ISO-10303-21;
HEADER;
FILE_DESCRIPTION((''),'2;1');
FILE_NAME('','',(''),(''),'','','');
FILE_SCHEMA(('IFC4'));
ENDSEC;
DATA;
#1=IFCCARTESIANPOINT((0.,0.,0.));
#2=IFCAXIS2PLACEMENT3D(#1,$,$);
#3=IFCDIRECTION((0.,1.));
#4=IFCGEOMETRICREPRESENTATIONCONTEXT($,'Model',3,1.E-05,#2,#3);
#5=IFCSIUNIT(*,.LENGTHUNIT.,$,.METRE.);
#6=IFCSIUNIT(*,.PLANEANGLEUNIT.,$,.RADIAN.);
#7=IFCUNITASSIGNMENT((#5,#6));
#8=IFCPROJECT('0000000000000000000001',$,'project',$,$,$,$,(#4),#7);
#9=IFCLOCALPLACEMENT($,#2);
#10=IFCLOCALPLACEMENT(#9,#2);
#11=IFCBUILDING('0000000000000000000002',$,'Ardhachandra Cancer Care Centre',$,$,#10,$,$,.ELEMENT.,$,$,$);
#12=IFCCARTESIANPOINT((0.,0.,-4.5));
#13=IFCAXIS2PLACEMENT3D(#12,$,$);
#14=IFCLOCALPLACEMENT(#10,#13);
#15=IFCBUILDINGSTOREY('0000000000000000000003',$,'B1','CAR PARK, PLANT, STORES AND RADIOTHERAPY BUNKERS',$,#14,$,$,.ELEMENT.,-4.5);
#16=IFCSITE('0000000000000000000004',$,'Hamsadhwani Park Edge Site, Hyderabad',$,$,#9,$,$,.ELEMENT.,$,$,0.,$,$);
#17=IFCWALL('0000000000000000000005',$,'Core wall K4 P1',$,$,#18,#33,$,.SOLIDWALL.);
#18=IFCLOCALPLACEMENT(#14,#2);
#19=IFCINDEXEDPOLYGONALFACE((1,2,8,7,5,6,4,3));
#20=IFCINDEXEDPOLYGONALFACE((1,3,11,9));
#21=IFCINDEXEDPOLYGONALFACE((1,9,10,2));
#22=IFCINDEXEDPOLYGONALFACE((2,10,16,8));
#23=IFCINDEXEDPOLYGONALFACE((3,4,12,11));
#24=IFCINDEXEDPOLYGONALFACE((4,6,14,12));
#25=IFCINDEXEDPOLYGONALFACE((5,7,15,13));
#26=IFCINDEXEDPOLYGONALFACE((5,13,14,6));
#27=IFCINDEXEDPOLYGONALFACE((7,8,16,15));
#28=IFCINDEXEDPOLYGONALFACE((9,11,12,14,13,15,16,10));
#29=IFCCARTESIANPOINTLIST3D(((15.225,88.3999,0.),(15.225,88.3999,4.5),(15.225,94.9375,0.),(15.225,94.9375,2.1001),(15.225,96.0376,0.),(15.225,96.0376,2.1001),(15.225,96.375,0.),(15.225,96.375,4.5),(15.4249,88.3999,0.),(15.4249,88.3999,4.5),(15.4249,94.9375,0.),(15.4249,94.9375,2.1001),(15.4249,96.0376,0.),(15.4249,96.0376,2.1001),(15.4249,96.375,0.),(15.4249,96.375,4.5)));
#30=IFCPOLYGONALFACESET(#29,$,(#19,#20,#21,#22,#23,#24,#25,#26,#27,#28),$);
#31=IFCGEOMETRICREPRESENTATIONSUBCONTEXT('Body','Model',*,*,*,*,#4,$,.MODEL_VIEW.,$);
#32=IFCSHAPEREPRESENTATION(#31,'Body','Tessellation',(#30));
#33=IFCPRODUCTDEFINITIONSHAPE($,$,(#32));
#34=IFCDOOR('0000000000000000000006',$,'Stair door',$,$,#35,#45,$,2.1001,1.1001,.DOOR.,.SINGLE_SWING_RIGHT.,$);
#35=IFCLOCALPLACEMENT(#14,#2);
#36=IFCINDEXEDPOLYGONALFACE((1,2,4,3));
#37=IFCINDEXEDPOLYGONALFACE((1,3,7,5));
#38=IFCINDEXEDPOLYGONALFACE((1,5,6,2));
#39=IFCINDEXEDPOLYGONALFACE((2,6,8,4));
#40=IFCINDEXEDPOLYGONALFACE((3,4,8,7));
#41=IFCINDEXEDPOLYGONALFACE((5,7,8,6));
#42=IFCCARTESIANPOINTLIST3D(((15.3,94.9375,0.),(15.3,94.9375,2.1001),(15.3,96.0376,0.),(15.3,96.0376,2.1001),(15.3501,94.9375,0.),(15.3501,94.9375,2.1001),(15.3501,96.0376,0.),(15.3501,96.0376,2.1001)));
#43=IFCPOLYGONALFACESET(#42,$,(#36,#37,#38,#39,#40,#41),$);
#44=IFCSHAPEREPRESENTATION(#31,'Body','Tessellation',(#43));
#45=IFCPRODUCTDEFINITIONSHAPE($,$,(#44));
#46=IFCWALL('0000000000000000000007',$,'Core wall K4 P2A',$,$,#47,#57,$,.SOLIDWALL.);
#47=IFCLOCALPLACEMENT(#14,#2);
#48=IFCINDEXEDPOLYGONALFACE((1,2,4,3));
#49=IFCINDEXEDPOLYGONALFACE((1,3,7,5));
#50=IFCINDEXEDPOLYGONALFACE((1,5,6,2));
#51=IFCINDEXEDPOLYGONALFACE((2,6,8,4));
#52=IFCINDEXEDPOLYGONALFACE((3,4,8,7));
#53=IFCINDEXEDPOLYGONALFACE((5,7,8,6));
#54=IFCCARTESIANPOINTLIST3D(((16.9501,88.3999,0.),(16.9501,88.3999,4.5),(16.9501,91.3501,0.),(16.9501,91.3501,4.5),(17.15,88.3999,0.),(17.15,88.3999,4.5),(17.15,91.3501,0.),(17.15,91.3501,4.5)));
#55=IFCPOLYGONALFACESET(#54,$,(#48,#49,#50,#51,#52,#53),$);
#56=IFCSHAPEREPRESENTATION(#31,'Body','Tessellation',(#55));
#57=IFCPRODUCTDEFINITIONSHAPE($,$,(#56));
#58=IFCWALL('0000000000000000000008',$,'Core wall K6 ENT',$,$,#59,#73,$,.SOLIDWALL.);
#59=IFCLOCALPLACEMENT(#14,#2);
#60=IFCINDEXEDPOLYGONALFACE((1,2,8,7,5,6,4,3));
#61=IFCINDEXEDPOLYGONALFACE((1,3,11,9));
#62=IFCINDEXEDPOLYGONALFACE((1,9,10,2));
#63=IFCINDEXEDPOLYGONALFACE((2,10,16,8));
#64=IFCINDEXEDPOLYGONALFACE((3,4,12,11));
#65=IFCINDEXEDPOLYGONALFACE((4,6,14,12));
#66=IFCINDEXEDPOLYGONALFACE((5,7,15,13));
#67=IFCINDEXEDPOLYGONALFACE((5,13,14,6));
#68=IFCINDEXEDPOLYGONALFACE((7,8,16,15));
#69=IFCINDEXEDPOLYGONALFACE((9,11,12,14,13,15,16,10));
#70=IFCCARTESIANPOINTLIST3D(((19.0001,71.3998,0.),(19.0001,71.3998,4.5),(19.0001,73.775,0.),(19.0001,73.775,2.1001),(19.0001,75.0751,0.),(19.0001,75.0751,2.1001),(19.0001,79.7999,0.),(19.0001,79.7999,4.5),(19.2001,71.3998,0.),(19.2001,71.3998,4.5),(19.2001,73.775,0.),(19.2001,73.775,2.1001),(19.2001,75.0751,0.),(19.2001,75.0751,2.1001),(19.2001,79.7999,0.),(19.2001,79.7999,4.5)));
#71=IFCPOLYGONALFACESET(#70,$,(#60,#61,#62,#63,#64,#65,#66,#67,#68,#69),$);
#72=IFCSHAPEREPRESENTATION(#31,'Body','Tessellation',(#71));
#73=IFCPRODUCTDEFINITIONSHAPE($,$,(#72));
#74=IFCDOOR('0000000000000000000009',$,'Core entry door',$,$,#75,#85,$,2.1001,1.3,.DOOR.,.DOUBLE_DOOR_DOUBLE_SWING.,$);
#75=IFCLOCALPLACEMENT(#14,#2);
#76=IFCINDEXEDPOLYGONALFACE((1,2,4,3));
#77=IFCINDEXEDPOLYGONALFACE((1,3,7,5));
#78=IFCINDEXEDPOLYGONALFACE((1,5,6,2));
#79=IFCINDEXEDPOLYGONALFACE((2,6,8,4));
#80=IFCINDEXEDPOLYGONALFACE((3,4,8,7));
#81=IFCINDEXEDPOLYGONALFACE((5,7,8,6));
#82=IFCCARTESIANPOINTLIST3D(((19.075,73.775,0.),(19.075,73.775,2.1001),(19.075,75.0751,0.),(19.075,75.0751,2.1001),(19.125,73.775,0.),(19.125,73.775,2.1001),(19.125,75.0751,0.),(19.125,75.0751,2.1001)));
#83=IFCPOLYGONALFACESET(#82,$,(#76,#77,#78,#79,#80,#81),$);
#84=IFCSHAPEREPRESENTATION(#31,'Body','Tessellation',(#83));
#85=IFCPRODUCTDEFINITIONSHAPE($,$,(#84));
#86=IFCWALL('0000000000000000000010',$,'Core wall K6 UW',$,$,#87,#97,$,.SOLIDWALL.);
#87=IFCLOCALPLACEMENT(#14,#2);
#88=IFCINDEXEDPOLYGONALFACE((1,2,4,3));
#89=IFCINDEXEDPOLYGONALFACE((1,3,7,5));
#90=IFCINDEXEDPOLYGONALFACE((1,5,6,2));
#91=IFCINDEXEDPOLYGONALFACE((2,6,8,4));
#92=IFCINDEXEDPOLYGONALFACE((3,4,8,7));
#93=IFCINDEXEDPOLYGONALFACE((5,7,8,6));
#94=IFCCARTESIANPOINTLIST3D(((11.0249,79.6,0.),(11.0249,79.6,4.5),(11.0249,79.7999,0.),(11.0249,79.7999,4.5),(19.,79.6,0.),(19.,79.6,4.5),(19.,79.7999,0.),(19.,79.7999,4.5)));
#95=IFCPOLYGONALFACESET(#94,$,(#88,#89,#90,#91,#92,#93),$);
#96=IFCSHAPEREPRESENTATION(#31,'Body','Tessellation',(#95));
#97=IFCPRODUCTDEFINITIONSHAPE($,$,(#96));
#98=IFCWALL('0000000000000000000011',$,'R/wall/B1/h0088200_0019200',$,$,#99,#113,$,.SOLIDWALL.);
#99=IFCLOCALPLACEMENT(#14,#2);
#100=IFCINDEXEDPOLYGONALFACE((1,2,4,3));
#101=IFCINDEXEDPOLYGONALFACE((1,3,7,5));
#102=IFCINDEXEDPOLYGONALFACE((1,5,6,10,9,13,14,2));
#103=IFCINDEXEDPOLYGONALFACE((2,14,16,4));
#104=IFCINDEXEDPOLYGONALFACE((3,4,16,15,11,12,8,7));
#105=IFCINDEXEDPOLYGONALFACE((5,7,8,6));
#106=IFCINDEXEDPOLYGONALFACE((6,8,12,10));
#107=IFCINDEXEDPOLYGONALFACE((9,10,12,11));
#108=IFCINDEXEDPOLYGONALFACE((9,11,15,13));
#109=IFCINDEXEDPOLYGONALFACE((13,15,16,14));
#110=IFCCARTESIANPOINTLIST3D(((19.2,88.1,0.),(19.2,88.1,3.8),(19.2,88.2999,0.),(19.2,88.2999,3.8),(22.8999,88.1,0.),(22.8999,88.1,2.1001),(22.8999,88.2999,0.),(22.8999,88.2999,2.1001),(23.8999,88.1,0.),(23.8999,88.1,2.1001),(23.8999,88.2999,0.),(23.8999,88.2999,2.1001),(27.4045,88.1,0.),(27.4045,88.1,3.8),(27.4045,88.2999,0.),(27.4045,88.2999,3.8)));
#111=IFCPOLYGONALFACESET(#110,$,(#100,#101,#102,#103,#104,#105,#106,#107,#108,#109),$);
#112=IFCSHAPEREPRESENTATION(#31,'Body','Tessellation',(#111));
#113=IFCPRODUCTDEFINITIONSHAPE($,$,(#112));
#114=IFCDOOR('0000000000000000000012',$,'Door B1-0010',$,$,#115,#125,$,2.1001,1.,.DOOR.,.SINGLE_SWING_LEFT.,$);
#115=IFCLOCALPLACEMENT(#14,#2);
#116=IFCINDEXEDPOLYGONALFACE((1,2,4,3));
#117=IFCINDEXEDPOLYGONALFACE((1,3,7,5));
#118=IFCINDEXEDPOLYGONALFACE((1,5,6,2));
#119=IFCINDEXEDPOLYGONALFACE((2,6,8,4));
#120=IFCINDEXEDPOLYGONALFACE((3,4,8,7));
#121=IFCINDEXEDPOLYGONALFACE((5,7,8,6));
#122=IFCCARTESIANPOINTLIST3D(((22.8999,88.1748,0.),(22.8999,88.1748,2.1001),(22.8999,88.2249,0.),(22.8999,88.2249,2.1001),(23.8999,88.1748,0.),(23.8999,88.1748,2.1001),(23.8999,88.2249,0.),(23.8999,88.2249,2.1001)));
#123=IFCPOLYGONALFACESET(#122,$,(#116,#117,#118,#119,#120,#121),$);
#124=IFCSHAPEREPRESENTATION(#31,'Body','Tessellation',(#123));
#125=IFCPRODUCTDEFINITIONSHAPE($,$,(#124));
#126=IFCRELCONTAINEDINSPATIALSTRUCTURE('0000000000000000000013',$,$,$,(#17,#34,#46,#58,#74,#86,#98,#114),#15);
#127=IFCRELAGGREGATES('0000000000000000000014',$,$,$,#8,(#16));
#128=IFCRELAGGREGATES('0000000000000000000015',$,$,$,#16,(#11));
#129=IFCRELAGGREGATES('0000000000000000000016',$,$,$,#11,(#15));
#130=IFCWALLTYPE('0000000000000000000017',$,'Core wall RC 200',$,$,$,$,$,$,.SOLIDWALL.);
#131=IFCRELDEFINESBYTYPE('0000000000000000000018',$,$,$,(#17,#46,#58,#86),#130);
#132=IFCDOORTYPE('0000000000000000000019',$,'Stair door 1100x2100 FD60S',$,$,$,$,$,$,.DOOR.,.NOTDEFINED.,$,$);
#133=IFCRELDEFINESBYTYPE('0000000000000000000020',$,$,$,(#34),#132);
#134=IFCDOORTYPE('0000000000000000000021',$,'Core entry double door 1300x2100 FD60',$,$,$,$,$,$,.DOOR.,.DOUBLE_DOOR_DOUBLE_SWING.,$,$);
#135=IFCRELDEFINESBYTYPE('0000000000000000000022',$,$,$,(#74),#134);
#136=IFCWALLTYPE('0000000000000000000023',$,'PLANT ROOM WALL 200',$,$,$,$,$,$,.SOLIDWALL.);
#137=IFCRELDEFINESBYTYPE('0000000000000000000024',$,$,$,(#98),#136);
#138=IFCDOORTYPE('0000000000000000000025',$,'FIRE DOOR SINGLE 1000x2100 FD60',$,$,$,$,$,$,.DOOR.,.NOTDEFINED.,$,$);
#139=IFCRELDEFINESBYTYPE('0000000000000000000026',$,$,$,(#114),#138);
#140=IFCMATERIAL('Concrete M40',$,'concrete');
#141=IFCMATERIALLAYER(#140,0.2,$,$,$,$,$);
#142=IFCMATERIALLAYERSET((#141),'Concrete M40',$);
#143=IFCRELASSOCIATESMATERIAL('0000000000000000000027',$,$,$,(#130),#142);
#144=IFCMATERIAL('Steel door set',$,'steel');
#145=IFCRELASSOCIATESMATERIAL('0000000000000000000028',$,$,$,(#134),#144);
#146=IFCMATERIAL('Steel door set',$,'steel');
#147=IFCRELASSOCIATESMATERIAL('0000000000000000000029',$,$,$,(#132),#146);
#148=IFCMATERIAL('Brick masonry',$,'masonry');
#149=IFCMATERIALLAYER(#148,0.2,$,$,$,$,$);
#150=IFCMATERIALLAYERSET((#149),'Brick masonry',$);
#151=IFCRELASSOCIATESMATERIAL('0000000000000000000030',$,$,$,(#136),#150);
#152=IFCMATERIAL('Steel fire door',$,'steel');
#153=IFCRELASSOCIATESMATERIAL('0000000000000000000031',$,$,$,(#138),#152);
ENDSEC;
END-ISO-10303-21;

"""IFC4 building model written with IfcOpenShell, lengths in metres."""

from ifc_helpers import new_model, si_unit, direction, frame, frame_2d, origin, place, context, subcontext, project, spatial, rectangle, extrude, material, layer, layer_set, type_object, element, fill, save


model = new_model("IFC4")

# Units and contexts
model_context = context("Model", 3, precision=1e-05, world=origin(), true_north=direction((0.0, 1.0)))
body_context = subcontext(model_context, "Body", "Model", "MODEL_VIEW")
ifc_project = project(units=[si_unit("LENGTHUNIT", "METRE"), si_unit("PLANEANGLEUNIT", "RADIAN")], contexts=[model_context])

# Site, building, storey
site_placement = place(None, origin())
site = spatial("IfcSite", under=ifc_project, at=site_placement, Name="Hamsadhwani Park Edge Site, Hyderabad", CompositionType="ELEMENT", RefElevation=0.0)
building_placement = place(site_placement, origin())
building = spatial("IfcBuilding", under=site, at=building_placement, Name="Ardhachandra Cancer Care Centre", CompositionType="ELEMENT")
storey_placement = place(building_placement, frame((0.0, 0.0, -4.5)))
storey = spatial("IfcBuildingStorey", under=building, at=storey_placement, Name="B1", Description="CAR PARK, PLANT, STORES AND RADIOTHERAPY BUNKERS", CompositionType="ELEMENT", Elevation=-4.5)

# Shared definitions
ifc_material_1 = material(Name="Concrete M40", Category="concrete")
ifc_layer_1 = layer(ifc_material_1, 0.2)
ifc_layer_set_1 = layer_set([ifc_layer_1], Name="Concrete M40")
wall_type_1 = type_object("IfcWallType", Name="Core wall RC 200", PredefinedType="SOLIDWALL", material=ifc_layer_set_1)
ifc_material_2 = material(Name="Steel door set", Category="steel")
door_type_1 = type_object("IfcDoorType", Name="Core entry double door 1300x2100 FD60", OperationType="DOUBLE_DOOR_DOUBLE_SWING", PredefinedType="DOOR", material=ifc_material_2)

# Wall, opening, door
wall_1_placement = place(storey_placement, frame((15.325, 88.3999, 0.0), z_axis=(0.0, 0.0, 1.0), x_axis=(0.0, 1.0, 0.0)))
wall_1 = element("IfcWall", 1, at=wall_1_placement, inside=storey, type_object=wall_type_1, Name="Core wall K4 P1", PredefinedType="SOLIDWALL", context=body_context, shape_type="SweptSolid", body=[
    extrude(rectangle(XDim=7.9751, YDim=0.2, at=frame_2d((3.9875, 0.0))), origin(), (0.0, 0.0, 1.0), 4.5),
])
opening_1_placement = place(wall_1_placement, frame((6.5376, 0.0, 0.0)))
opening_1 = element("IfcOpeningElement", 2, at=opening_1_placement, cuts=wall_1, PredefinedType="OPENING", context=body_context, shape_type="SweptSolid", body=[
    extrude(rectangle(XDim=1.1001, YDim=2.1001, at=frame_2d((0.55, 1.05))), frame((0.0, 0.1099, 0.0), z_axis=(0.0, -1.0, 0.0), x_axis=(1.0, 0.0, 0.0)), (0.0, 0.0, 1.0), 0.22),
])
ifc_material_3 = material(Name="Steel door set", Category="steel")
door_type_2 = type_object("IfcDoorType", Name="Stair door 1100x2100 FD60S", OperationType="NOTDEFINED", PredefinedType="DOOR", material=ifc_material_3)
door_1_placement = place(opening_1_placement, origin())
door_1 = element("IfcDoor", 3, at=door_1_placement, inside=storey, type_object=door_type_2, Name="Stair door", OperationType="SINGLE_SWING_RIGHT", OverallHeight=2.1001, OverallWidth=1.1001, PredefinedType="DOOR", context=body_context, shape_type="SweptSolid", body=[
    extrude(rectangle(XDim=1.1001, YDim=2.1001, at=frame_2d((0.55, 1.05))), frame((0.0, 0.0249, 0.0), z_axis=(0.0, -1.0, 0.0), x_axis=(1.0, 0.0, 0.0)), (0.0, 0.0, 1.0), 0.05),
])
fill(opening_1, door_1)

# Wall
wall_2_placement = place(storey_placement, frame((17.05, 88.3999, 0.0), z_axis=(0.0, 0.0, 1.0), x_axis=(0.0, 1.0, 0.0)))
element("IfcWall", 4, at=wall_2_placement, inside=storey, type_object=wall_type_1, Name="Core wall K4 P2A", PredefinedType="SOLIDWALL", context=body_context, shape_type="SweptSolid", body=[
    extrude(rectangle(XDim=2.9502, YDim=0.2, at=frame_2d((1.4751, 0.0))), origin(), (0.0, 0.0, 1.0), 4.5),
])

# Wall, opening, door
wall_3_placement = place(storey_placement, frame((19.1001, 79.8, 0.0), z_axis=(0.0, 0.0, 1.0), x_axis=(0.0, -1.0, 0.0)))
wall_3 = element("IfcWall", 5, at=wall_3_placement, inside=storey, type_object=wall_type_1, Name="Core wall K6 ENT", PredefinedType="SOLIDWALL", context=body_context, shape_type="SweptSolid", body=[
    extrude(rectangle(XDim=8.4001, YDim=0.2, at=frame_2d((4.2002, 0.0))), origin(), (0.0, 0.0, 1.0), 4.5),
])
opening_2_placement = place(wall_3_placement, frame((4.7251, 0.0, 0.0)))
opening_2 = element("IfcOpeningElement", 6, at=opening_2_placement, cuts=wall_3, PredefinedType="OPENING", context=body_context, shape_type="SweptSolid", body=[
    extrude(rectangle(XDim=1.3, YDim=2.1001, at=frame_2d((0.6499, 1.05))), frame((0.0, 0.1099, 0.0), z_axis=(0.0, -1.0, 0.0), x_axis=(1.0, 0.0, 0.0)), (0.0, 0.0, 1.0), 0.22),
])
door_2_placement = place(opening_2_placement, origin())
door_2 = element("IfcDoor", 7, at=door_2_placement, inside=storey, type_object=door_type_1, Name="Core entry door", OperationType="DOUBLE_DOOR_DOUBLE_SWING", OverallHeight=2.1001, OverallWidth=1.3, PredefinedType="DOOR", context=body_context, shape_type="SweptSolid", body=[
    extrude(rectangle(XDim=1.3, YDim=2.1001, at=frame_2d((0.6499, 1.05))), frame((0.0, 0.0249, 0.0), z_axis=(0.0, -1.0, 0.0), x_axis=(1.0, 0.0, 0.0)), (0.0, 0.0, 1.0), 0.05),
])
fill(opening_2, door_2)

# Wall
wall_4_placement = place(storey_placement, frame((19.0, 79.7, 0.0), z_axis=(0.0, 0.0, 1.0), x_axis=(-1.0, 0.0, 0.0)))
element("IfcWall", 8, at=wall_4_placement, inside=storey, type_object=wall_type_1, Name="Core wall K6 UW", PredefinedType="SOLIDWALL", context=body_context, shape_type="SweptSolid", body=[
    extrude(rectangle(XDim=7.9751, YDim=0.2, at=frame_2d((3.9875, 0.0))), origin(), (0.0, 0.0, 1.0), 4.5),
])

# Wall, opening, door
ifc_material_4 = material(Name="Brick masonry", Category="masonry")
ifc_layer_2 = layer(ifc_material_4, 0.2)
ifc_layer_set_2 = layer_set([ifc_layer_2], Name="Brick masonry")
wall_type_2 = type_object("IfcWallType", Name="PLANT ROOM WALL 200", PredefinedType="SOLIDWALL", material=ifc_layer_set_2)
wall_5_placement = place(storey_placement, frame((19.2, 88.2, 0.0), z_axis=(0.0, 0.0, 1.0), x_axis=(1.0, 0.0, 0.0)))
wall_5 = element("IfcWall", 9, at=wall_5_placement, inside=storey, type_object=wall_type_2, Name="R/wall/B1/h0088200_0019200", PredefinedType="SOLIDWALL", context=body_context, shape_type="SweptSolid", body=[
    extrude(rectangle(XDim=8.2046, YDim=0.2, at=frame_2d((4.1023, 0.0))), origin(), (0.0, 0.0, 1.0), 3.8),
])
opening_3_placement = place(wall_5_placement, frame((3.7, 0.0, 0.0)))
opening_3 = element("IfcOpeningElement", 10, at=opening_3_placement, cuts=wall_5, PredefinedType="OPENING", context=body_context, shape_type="SweptSolid", body=[
    extrude(rectangle(XDim=1.0, YDim=2.1001, at=frame_2d((0.5, 1.05))), frame((0.0, 0.1099, 0.0), z_axis=(0.0, -1.0, 0.0), x_axis=(1.0, 0.0, 0.0)), (0.0, 0.0, 1.0), 0.22),
])
ifc_material_5 = material(Name="Steel fire door", Category="steel")
door_type_3 = type_object("IfcDoorType", Name="FIRE DOOR SINGLE 1000x2100 FD60", OperationType="NOTDEFINED", PredefinedType="DOOR", material=ifc_material_5)
door_3_placement = place(opening_3_placement, origin())
door_3 = element("IfcDoor", 11, at=door_3_placement, inside=storey, type_object=door_type_3, Name="Door B1-0010", OperationType="SINGLE_SWING_LEFT", OverallHeight=2.1001, OverallWidth=1.0, PredefinedType="DOOR", context=body_context, shape_type="SweptSolid", body=[
    extrude(rectangle(XDim=1.0, YDim=2.1001, at=frame_2d((0.5, 1.05))), frame((0.0, 0.0249, 0.0), z_axis=(0.0, -1.0, 0.0), x_axis=(1.0, 0.0, 0.0)), (0.0, 0.0, 1.0), 0.05),
])
fill(opening_3, door_3)

save(model, "model.ifc")
